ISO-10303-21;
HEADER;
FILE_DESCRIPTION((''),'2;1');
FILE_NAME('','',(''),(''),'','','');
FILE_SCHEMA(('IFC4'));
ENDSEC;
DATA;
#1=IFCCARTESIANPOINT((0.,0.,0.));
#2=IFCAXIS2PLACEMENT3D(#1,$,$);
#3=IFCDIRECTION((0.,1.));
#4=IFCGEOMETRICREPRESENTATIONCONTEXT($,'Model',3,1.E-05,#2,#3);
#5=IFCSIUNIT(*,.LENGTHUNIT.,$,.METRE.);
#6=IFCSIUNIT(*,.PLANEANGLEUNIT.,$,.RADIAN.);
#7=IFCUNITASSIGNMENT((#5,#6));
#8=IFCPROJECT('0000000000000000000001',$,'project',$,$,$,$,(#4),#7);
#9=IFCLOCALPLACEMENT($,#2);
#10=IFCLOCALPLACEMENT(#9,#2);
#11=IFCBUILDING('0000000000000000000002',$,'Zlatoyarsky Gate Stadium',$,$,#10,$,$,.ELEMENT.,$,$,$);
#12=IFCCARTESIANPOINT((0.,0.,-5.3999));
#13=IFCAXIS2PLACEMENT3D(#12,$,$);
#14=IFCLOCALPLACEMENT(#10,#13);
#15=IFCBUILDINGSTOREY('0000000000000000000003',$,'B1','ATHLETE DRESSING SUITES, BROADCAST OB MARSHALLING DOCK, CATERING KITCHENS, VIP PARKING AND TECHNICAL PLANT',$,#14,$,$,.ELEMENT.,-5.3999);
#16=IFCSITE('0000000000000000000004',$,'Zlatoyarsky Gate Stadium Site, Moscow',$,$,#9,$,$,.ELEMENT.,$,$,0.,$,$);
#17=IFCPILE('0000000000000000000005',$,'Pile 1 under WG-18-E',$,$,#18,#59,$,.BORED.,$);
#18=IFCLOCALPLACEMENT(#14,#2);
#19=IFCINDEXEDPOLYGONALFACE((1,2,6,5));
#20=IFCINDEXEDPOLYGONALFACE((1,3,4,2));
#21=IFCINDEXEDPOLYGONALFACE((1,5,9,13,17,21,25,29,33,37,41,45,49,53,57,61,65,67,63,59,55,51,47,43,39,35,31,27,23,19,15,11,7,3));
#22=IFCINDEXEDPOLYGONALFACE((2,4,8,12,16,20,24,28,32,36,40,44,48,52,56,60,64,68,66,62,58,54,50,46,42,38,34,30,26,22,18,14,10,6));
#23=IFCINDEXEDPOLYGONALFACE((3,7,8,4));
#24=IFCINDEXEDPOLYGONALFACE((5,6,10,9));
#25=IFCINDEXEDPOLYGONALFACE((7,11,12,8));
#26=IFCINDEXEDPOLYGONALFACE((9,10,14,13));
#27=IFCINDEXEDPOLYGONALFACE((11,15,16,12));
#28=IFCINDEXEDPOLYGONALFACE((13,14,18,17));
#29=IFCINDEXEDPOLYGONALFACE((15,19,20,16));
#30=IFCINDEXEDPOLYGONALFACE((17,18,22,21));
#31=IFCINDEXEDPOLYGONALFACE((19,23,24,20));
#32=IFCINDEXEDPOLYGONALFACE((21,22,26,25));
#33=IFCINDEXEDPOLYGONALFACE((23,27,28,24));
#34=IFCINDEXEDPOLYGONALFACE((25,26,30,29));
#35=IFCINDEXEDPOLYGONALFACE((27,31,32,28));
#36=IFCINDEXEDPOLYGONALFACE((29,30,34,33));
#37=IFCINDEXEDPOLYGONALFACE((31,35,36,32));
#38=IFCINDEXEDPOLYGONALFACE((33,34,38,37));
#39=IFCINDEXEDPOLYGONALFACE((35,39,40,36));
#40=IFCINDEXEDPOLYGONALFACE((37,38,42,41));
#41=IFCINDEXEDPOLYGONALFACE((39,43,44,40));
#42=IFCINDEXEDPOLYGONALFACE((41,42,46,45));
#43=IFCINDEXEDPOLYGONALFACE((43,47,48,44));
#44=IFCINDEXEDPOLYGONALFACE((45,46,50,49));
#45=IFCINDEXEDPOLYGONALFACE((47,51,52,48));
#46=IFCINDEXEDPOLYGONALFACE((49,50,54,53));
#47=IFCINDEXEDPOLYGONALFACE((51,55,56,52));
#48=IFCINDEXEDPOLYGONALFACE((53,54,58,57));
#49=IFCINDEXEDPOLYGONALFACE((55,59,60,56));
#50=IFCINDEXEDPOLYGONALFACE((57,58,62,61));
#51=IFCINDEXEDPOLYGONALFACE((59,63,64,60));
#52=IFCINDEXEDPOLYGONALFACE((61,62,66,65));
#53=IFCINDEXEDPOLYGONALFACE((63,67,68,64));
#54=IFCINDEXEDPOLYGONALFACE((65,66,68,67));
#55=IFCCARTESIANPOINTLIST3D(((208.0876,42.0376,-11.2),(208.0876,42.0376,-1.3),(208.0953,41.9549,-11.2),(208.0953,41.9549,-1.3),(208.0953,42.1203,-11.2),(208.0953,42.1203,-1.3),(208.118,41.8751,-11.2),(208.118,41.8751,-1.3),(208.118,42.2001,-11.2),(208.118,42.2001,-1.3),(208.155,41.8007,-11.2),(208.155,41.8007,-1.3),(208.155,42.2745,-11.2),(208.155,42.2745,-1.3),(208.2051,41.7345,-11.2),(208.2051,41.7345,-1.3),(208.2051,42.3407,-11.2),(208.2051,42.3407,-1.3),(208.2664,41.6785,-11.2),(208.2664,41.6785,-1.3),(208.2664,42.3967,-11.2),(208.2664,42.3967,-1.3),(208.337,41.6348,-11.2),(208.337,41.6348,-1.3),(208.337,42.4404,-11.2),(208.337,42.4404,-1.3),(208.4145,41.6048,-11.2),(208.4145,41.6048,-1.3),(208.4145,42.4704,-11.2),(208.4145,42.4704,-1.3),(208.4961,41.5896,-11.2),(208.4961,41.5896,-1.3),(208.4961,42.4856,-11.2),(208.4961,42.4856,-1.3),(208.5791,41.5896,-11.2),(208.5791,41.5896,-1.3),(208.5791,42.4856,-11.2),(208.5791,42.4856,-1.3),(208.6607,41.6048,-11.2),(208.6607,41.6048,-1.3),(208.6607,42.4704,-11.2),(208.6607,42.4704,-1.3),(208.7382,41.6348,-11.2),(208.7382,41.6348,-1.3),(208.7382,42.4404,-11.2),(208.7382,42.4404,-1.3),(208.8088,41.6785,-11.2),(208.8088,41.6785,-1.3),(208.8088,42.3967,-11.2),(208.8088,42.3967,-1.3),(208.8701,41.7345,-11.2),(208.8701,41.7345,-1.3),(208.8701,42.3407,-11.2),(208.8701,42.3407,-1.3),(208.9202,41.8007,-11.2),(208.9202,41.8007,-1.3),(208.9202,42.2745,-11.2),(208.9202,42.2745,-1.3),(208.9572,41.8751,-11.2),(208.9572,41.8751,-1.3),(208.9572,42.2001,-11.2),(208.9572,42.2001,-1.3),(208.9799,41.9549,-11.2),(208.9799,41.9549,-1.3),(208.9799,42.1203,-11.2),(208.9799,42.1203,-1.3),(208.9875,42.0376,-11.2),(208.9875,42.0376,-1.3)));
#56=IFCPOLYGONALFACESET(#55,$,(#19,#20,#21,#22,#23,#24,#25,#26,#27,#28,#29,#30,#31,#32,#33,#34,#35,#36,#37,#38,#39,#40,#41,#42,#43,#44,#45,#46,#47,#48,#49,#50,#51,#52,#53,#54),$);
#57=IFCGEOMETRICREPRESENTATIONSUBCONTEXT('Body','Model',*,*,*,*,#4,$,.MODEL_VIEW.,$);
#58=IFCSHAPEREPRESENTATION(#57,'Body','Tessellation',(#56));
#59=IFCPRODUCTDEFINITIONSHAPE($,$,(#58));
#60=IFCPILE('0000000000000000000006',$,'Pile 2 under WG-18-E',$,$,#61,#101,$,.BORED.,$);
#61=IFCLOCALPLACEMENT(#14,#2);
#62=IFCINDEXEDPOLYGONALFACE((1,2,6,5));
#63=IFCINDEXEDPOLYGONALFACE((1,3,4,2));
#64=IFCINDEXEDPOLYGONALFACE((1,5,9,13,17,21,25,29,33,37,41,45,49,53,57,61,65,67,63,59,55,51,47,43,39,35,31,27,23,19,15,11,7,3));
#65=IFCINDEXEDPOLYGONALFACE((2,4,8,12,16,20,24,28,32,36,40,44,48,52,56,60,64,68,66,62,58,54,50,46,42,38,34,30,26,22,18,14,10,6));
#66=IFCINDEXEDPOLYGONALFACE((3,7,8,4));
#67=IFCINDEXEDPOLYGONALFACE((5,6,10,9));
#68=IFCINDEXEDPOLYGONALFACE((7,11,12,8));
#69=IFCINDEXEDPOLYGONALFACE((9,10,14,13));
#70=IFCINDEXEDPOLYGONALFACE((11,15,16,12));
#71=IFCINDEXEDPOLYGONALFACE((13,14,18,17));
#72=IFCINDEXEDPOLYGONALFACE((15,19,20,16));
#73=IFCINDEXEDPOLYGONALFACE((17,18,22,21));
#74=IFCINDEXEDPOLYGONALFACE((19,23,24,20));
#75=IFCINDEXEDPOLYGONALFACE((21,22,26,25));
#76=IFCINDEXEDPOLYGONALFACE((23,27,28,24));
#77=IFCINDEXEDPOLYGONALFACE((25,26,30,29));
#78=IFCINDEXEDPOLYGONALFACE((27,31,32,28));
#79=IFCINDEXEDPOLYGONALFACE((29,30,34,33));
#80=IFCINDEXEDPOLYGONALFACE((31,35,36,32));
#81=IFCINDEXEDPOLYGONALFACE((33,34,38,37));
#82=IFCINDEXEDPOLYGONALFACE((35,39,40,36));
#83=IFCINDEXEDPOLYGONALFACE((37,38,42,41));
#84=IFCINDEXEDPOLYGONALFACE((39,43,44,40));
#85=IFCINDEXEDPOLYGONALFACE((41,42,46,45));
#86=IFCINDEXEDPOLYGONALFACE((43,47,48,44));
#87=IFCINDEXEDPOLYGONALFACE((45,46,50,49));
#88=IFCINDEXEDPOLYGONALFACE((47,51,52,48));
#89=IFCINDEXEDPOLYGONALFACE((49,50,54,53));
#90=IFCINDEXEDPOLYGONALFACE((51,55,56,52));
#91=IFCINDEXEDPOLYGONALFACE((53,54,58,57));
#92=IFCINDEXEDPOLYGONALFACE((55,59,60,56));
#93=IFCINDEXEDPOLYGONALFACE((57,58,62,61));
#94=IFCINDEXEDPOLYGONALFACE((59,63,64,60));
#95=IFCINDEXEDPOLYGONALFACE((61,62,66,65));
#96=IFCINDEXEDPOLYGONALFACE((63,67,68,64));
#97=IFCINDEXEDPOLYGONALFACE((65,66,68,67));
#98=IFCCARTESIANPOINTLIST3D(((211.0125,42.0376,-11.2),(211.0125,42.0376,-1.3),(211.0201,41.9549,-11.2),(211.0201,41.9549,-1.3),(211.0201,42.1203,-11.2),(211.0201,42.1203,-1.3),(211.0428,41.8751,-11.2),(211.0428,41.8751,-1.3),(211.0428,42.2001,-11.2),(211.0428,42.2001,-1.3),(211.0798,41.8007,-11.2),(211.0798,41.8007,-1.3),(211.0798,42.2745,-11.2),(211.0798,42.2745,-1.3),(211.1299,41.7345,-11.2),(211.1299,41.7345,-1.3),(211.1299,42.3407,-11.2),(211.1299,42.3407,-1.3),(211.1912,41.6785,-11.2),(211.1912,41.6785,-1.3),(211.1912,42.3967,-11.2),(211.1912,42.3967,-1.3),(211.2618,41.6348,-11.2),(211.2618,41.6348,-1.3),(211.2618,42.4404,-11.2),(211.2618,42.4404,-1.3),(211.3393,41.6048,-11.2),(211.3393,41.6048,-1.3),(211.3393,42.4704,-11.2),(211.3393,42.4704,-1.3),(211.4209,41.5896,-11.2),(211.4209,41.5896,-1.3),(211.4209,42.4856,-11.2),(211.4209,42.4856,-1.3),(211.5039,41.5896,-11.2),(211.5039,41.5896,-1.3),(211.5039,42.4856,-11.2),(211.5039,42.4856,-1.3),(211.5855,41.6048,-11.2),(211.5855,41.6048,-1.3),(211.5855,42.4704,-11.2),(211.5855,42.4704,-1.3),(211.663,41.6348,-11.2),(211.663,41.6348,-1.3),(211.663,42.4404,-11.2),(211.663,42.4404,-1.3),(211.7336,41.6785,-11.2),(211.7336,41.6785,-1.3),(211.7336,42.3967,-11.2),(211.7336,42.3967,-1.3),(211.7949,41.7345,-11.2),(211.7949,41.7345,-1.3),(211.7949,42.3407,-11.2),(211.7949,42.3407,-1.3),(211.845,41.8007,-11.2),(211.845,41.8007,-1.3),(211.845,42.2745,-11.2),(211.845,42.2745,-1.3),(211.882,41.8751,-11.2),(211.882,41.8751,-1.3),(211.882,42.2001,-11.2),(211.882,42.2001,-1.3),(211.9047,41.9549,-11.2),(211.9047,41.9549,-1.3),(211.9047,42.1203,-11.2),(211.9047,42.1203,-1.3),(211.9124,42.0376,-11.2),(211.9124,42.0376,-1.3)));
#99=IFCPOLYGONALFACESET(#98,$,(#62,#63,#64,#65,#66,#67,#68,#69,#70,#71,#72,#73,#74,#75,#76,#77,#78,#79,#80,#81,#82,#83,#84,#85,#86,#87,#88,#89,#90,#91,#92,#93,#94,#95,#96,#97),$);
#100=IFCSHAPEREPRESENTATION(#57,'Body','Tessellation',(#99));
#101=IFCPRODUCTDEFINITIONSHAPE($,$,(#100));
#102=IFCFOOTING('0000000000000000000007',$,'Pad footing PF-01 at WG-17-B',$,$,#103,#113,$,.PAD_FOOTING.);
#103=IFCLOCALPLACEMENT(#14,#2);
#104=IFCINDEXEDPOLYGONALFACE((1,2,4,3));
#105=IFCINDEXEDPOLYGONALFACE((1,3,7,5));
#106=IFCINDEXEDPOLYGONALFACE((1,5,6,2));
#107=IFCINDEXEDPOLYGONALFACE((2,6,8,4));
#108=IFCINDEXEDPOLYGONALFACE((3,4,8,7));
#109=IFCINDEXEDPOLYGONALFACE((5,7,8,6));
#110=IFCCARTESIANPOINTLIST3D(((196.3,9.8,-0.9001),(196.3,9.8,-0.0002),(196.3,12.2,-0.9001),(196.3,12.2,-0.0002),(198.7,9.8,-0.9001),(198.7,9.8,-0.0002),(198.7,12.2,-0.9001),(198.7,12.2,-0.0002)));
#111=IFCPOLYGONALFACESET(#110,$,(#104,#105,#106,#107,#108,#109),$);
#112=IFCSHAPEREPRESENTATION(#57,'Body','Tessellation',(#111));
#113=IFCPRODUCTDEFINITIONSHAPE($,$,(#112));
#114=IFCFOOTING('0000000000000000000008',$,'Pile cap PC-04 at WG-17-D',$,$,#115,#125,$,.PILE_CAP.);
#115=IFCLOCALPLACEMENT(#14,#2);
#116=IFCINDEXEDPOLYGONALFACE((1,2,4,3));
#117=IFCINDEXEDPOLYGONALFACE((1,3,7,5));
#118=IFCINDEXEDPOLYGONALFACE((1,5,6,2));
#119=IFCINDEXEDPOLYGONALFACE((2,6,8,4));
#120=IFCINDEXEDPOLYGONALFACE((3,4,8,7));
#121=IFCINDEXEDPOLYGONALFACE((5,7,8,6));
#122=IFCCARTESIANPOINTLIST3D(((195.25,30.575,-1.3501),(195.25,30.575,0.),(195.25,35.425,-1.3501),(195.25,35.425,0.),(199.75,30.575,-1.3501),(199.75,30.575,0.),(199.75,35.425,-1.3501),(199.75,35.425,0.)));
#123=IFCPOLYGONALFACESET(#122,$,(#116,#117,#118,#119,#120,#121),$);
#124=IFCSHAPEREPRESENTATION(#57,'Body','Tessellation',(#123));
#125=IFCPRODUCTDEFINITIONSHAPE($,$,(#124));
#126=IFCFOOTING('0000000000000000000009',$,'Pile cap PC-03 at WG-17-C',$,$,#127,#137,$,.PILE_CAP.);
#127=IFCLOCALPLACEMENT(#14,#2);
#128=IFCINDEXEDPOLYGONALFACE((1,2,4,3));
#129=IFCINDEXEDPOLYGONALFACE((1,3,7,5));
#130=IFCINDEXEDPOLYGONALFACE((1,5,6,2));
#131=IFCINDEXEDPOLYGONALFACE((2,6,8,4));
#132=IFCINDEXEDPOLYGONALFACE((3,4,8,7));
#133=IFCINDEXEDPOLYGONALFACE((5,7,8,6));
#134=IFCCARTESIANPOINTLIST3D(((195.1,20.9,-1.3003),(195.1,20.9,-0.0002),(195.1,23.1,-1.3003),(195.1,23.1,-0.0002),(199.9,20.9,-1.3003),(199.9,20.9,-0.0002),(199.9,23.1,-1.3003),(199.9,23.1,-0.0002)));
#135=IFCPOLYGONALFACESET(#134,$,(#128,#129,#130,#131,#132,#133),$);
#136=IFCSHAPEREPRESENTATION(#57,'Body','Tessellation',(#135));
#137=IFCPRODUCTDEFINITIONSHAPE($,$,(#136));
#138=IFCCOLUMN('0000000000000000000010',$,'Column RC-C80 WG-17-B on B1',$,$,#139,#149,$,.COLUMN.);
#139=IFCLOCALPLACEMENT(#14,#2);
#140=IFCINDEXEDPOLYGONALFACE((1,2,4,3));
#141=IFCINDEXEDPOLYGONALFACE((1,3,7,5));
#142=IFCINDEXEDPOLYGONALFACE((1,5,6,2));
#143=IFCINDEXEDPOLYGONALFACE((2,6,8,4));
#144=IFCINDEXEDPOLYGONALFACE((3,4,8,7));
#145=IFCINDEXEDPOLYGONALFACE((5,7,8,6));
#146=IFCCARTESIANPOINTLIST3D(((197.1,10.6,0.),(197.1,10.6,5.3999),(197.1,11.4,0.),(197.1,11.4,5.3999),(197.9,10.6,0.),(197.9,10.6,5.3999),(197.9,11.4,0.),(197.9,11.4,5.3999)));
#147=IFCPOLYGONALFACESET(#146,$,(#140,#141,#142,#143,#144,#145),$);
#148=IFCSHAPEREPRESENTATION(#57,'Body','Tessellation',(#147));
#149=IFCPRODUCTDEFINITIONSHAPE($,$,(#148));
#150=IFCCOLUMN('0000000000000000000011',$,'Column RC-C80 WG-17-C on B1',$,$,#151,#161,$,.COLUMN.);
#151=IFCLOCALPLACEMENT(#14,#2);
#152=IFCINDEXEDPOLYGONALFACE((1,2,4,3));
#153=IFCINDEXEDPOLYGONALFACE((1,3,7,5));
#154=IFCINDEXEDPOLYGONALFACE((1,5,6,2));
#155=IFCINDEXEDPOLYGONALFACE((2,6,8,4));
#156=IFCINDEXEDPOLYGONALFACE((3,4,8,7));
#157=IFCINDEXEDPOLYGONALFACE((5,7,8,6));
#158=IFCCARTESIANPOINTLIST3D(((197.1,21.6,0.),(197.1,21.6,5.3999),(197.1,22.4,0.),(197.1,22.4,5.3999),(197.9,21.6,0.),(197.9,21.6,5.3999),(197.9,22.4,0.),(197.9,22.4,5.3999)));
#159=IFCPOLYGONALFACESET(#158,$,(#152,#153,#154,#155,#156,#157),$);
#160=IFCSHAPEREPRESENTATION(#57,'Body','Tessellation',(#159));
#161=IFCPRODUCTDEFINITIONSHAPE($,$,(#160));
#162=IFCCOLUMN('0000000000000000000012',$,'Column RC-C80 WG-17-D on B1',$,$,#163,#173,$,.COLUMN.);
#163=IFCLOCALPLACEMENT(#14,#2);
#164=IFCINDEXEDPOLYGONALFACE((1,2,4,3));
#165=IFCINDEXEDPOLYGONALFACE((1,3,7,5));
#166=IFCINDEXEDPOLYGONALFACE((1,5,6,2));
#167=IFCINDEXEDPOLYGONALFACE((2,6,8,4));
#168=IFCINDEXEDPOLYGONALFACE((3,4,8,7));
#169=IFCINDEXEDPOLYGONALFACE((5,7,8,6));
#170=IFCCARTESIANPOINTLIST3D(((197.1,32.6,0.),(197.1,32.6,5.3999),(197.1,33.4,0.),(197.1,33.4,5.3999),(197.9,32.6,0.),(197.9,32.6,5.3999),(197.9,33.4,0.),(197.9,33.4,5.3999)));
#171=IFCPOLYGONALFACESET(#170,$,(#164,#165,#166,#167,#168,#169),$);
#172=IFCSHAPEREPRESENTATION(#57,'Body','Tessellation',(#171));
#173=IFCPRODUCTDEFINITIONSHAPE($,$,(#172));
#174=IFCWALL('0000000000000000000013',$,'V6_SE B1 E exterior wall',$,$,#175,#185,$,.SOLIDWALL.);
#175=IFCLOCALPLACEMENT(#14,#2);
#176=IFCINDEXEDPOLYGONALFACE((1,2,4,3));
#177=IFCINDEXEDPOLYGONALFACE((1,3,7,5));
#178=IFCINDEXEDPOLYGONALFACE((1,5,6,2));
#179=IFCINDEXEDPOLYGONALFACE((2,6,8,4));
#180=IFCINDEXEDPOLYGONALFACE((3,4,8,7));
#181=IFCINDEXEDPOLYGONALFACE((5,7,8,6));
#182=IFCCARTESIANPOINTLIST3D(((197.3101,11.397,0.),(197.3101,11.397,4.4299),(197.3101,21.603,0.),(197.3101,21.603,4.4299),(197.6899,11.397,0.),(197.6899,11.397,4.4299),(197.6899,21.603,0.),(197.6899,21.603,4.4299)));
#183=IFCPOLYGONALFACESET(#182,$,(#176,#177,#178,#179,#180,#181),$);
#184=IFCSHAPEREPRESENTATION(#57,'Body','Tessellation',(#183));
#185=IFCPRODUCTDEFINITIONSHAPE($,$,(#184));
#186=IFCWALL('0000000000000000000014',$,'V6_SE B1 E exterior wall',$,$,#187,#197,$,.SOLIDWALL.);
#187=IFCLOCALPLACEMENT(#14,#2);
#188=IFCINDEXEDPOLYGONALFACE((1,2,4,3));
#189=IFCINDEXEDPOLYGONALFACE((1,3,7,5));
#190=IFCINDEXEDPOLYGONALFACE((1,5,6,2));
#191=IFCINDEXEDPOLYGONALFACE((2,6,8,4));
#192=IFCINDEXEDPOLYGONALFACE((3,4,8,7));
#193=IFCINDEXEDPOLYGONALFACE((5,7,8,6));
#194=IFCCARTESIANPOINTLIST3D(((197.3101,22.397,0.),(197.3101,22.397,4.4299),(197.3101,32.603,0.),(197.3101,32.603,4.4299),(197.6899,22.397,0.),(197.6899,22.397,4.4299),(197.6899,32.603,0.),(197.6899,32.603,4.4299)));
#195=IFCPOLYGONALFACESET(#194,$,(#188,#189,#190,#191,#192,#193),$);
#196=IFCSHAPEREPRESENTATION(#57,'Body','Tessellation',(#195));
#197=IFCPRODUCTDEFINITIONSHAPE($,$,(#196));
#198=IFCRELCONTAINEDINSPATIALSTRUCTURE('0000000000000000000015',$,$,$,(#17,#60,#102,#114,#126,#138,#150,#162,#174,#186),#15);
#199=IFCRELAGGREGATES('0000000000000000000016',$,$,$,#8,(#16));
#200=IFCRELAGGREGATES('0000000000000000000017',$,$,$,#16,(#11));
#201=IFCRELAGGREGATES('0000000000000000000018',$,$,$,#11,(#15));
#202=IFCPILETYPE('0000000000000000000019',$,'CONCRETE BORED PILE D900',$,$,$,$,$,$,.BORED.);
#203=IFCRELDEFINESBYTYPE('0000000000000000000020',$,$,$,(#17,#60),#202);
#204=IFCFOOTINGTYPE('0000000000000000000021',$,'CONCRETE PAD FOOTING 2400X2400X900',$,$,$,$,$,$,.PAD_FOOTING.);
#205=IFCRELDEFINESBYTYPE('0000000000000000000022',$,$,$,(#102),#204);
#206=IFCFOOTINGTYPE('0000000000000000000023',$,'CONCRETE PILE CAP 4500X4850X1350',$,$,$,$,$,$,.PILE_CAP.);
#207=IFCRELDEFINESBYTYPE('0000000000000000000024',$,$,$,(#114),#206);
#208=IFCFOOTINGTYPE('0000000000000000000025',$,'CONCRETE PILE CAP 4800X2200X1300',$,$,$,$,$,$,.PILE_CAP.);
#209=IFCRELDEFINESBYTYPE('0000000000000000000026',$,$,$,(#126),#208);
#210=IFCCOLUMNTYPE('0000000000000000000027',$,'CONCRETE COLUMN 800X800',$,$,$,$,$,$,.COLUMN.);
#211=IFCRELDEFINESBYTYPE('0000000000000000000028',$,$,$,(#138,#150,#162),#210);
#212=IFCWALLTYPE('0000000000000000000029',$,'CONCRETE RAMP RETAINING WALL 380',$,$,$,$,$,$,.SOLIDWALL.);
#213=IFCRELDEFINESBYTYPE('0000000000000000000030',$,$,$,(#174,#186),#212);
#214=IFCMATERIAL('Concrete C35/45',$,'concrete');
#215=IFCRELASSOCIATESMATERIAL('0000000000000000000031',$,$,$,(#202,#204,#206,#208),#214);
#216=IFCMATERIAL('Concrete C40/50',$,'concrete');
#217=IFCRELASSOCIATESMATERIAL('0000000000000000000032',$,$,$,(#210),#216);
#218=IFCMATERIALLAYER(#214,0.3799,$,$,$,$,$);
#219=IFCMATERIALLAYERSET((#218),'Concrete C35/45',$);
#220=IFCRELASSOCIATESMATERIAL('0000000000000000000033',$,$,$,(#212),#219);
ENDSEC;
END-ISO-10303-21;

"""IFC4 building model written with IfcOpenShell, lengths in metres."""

from ifc_helpers import new_model, si_unit, direction, frame, frame_2d, origin, origin_2d, place, context, subcontext, project, spatial, rectangle, circle, extrude, material, layer, layer_set, material_profile, profile_set, type_object, element, save


model = new_model("IFC4")

# Units and contexts
model_context = context("Model", 3, precision=1e-05, world=origin(), true_north=direction((0.0, 1.0)))
body_context = subcontext(model_context, "Body", "Model", "MODEL_VIEW")
ifc_project = project(units=[si_unit("LENGTHUNIT", "METRE"), si_unit("PLANEANGLEUNIT", "RADIAN")], contexts=[model_context])

# Site, building, storey
site_placement = place(None, origin())
site = spatial("IfcSite", under=ifc_project, at=site_placement, Name="Zlatoyarsky Gate Stadium Site, Moscow", CompositionType="ELEMENT", RefElevation=0.0)
building_placement = place(site_placement, origin())
building = spatial("IfcBuilding", under=site, at=building_placement, Name="Zlatoyarsky Gate Stadium", CompositionType="ELEMENT")
storey_placement = place(building_placement, frame((0.0, 0.0, -5.3999)))
storey = spatial("IfcBuildingStorey", under=building, at=storey_placement, Name="B1", Description="ATHLETE DRESSING SUITES, BROADCAST OB MARSHALLING DOCK, CATERING KITCHENS, VIP PARKING AND TECHNICAL PLANT", CompositionType="ELEMENT", Elevation=-5.3999)

# Piles
ifc_material_1 = material(Name="Concrete C35/45", Category="concrete")
ifc_material_profile_1 = material_profile(ifc_material_1, circle(Radius=0.45, at=origin_2d()), Name="BORED PILE D900")
ifc_profile_set_1 = profile_set([ifc_material_profile_1], Name="Concrete C35/45")
pile_type_1 = type_object("IfcPileType", Name="CONCRETE BORED PILE D900", PredefinedType="BORED", material=ifc_profile_set_1)
for number, where, z_axis, x_axis, name in (
    (1, (208.5376, 42.0376, -1.3), (0.0, 0.0, -1.0), (1.0, 0.0, 0.0), "Pile 1 under WG-18-E"),
    (2, (211.4624, 42.0376, -1.3), (0.0, 0.0, -1.0), (1.0, 0.0, 0.0), "Pile 2 under WG-18-E"),
):
    element("IfcPile", number, at=place(storey_placement, frame(where, z_axis=z_axis, x_axis=x_axis)), inside=storey, type_object=pile_type_1, Name=name, PredefinedType="BORED", context=body_context, shape_type="SweptSolid", body=[
        extrude(circle(Radius=0.45, at=origin_2d()), origin(), (0.0, 0.0, 1.0), 9.8999),
    ])

# Footings
footing_type_1 = type_object("IfcFootingType", Name="CONCRETE PAD FOOTING 2400X2400X900", PredefinedType="PAD_FOOTING", material=ifc_material_1)
footing_1_placement = place(storey_placement, frame((197.5, 11.0, -0.9001), z_axis=(0.0, 0.0, 1.0), x_axis=(1.0, 0.0, 0.0)))
element("IfcFooting", 3, at=footing_1_placement, inside=storey, type_object=footing_type_1, Name="Pad footing PF-01 at WG-17-B", PredefinedType="PAD_FOOTING", context=body_context, shape_type="SweptSolid", body=[
    extrude(rectangle(XDim=2.3999, YDim=2.3999, at=origin_2d()), origin(), (0.0, 0.0, 1.0), 0.8999),
])
footing_type_2 = type_object("IfcFootingType", Name="CONCRETE PILE CAP 4500X4850X1350", PredefinedType="PILE_CAP", material=ifc_material_1)
footing_2_placement = place(storey_placement, frame((197.5, 33.0, -1.3501), z_axis=(0.0, 0.0, 1.0), x_axis=(1.0, 0.0, 0.0)))
element("IfcFooting", 4, at=footing_2_placement, inside=storey, type_object=footing_type_2, Name="Pile cap PC-04 at WG-17-D", PredefinedType="PILE_CAP", context=body_context, shape_type="SweptSolid", body=[
    extrude(rectangle(XDim=4.5, YDim=4.8501, at=origin_2d()), origin(), (0.0, 0.0, 1.0), 1.3501),
])
footing_type_3 = type_object("IfcFootingType", Name="CONCRETE PILE CAP 4800X2200X1300", PredefinedType="PILE_CAP", material=ifc_material_1)
footing_3_placement = place(storey_placement, frame((197.5, 22.0, -1.3003), z_axis=(0.0, 0.0, 1.0), x_axis=(1.0, 0.0, 0.0)))
element("IfcFooting", 5, at=footing_3_placement, inside=storey, type_object=footing_type_3, Name="Pile cap PC-03 at WG-17-C", PredefinedType="PILE_CAP", context=body_context, shape_type="SweptSolid", body=[
    extrude(rectangle(XDim=4.8, YDim=2.2, at=origin_2d()), origin(), (0.0, 0.0, 1.0), 1.3),
])

# Columns
ifc_material_2 = material(Name="Concrete C40/50", Category="concrete")
ifc_material_profile_2 = material_profile(ifc_material_2, rectangle(XDim=0.8, YDim=0.8, at=origin_2d()), Name="RC COL 800X800")
ifc_profile_set_2 = profile_set([ifc_material_profile_2], Name="Concrete C40/50")
column_type = type_object("IfcColumnType", Name="CONCRETE COLUMN 800X800", PredefinedType="COLUMN", material=ifc_profile_set_2)
for number, where, z_axis, x_axis, name in (
    (6, (197.5, 11.0, 0.0), (0.0, 0.0, 1.0), (1.0, 0.0, 0.0), "Column RC-C80 WG-17-B on B1"),
    (7, (197.5, 22.0, 0.0), (0.0, 0.0, 1.0), (1.0, 0.0, 0.0), "Column RC-C80 WG-17-C on B1"),
    (8, (197.5, 33.0, 0.0), (0.0, 0.0, 1.0), (1.0, 0.0, 0.0), "Column RC-C80 WG-17-D on B1"),
):
    element("IfcColumn", number, at=place(storey_placement, frame(where, z_axis=z_axis, x_axis=x_axis)), inside=storey, type_object=column_type, Name=name, PredefinedType="COLUMN", context=body_context, shape_type="SweptSolid", body=[
        extrude(rectangle(XDim=0.8, YDim=0.8, at=origin_2d()), origin(), (0.0, 0.0, 1.0), 5.3999),
    ])

# Walls
ifc_layer_1 = layer(ifc_material_1, 0.3799)
ifc_layer_set_1 = layer_set([ifc_layer_1], Name="Concrete C35/45")
wall_type_1 = type_object("IfcWallType", Name="CONCRETE RAMP RETAINING WALL 380", PredefinedType="SOLIDWALL", material=ifc_layer_set_1)
for number, where, z_axis, x_axis, name in (
    (9, (197.5, 11.397, 0.0), (0.0, 0.0, 1.0), (0.0, 1.0, 0.0), "V6_SE B1 E exterior wall"),
    (10, (197.5, 22.397, 0.0), (0.0, 0.0, 1.0), (0.0, 1.0, 0.0), "V6_SE B1 E exterior wall"),
):
    element("IfcWall", number, at=place(storey_placement, frame(where, z_axis=z_axis, x_axis=x_axis)), inside=storey, type_object=wall_type_1, Name=name, PredefinedType="SOLIDWALL", context=body_context, shape_type="SweptSolid", body=[
        extrude(rectangle(XDim=10.2061, YDim=0.3799, at=frame_2d((5.103, 0.0))), origin(), (0.0, 0.0, 1.0), 4.4299),
    ])

save(model, "model.ifc")
